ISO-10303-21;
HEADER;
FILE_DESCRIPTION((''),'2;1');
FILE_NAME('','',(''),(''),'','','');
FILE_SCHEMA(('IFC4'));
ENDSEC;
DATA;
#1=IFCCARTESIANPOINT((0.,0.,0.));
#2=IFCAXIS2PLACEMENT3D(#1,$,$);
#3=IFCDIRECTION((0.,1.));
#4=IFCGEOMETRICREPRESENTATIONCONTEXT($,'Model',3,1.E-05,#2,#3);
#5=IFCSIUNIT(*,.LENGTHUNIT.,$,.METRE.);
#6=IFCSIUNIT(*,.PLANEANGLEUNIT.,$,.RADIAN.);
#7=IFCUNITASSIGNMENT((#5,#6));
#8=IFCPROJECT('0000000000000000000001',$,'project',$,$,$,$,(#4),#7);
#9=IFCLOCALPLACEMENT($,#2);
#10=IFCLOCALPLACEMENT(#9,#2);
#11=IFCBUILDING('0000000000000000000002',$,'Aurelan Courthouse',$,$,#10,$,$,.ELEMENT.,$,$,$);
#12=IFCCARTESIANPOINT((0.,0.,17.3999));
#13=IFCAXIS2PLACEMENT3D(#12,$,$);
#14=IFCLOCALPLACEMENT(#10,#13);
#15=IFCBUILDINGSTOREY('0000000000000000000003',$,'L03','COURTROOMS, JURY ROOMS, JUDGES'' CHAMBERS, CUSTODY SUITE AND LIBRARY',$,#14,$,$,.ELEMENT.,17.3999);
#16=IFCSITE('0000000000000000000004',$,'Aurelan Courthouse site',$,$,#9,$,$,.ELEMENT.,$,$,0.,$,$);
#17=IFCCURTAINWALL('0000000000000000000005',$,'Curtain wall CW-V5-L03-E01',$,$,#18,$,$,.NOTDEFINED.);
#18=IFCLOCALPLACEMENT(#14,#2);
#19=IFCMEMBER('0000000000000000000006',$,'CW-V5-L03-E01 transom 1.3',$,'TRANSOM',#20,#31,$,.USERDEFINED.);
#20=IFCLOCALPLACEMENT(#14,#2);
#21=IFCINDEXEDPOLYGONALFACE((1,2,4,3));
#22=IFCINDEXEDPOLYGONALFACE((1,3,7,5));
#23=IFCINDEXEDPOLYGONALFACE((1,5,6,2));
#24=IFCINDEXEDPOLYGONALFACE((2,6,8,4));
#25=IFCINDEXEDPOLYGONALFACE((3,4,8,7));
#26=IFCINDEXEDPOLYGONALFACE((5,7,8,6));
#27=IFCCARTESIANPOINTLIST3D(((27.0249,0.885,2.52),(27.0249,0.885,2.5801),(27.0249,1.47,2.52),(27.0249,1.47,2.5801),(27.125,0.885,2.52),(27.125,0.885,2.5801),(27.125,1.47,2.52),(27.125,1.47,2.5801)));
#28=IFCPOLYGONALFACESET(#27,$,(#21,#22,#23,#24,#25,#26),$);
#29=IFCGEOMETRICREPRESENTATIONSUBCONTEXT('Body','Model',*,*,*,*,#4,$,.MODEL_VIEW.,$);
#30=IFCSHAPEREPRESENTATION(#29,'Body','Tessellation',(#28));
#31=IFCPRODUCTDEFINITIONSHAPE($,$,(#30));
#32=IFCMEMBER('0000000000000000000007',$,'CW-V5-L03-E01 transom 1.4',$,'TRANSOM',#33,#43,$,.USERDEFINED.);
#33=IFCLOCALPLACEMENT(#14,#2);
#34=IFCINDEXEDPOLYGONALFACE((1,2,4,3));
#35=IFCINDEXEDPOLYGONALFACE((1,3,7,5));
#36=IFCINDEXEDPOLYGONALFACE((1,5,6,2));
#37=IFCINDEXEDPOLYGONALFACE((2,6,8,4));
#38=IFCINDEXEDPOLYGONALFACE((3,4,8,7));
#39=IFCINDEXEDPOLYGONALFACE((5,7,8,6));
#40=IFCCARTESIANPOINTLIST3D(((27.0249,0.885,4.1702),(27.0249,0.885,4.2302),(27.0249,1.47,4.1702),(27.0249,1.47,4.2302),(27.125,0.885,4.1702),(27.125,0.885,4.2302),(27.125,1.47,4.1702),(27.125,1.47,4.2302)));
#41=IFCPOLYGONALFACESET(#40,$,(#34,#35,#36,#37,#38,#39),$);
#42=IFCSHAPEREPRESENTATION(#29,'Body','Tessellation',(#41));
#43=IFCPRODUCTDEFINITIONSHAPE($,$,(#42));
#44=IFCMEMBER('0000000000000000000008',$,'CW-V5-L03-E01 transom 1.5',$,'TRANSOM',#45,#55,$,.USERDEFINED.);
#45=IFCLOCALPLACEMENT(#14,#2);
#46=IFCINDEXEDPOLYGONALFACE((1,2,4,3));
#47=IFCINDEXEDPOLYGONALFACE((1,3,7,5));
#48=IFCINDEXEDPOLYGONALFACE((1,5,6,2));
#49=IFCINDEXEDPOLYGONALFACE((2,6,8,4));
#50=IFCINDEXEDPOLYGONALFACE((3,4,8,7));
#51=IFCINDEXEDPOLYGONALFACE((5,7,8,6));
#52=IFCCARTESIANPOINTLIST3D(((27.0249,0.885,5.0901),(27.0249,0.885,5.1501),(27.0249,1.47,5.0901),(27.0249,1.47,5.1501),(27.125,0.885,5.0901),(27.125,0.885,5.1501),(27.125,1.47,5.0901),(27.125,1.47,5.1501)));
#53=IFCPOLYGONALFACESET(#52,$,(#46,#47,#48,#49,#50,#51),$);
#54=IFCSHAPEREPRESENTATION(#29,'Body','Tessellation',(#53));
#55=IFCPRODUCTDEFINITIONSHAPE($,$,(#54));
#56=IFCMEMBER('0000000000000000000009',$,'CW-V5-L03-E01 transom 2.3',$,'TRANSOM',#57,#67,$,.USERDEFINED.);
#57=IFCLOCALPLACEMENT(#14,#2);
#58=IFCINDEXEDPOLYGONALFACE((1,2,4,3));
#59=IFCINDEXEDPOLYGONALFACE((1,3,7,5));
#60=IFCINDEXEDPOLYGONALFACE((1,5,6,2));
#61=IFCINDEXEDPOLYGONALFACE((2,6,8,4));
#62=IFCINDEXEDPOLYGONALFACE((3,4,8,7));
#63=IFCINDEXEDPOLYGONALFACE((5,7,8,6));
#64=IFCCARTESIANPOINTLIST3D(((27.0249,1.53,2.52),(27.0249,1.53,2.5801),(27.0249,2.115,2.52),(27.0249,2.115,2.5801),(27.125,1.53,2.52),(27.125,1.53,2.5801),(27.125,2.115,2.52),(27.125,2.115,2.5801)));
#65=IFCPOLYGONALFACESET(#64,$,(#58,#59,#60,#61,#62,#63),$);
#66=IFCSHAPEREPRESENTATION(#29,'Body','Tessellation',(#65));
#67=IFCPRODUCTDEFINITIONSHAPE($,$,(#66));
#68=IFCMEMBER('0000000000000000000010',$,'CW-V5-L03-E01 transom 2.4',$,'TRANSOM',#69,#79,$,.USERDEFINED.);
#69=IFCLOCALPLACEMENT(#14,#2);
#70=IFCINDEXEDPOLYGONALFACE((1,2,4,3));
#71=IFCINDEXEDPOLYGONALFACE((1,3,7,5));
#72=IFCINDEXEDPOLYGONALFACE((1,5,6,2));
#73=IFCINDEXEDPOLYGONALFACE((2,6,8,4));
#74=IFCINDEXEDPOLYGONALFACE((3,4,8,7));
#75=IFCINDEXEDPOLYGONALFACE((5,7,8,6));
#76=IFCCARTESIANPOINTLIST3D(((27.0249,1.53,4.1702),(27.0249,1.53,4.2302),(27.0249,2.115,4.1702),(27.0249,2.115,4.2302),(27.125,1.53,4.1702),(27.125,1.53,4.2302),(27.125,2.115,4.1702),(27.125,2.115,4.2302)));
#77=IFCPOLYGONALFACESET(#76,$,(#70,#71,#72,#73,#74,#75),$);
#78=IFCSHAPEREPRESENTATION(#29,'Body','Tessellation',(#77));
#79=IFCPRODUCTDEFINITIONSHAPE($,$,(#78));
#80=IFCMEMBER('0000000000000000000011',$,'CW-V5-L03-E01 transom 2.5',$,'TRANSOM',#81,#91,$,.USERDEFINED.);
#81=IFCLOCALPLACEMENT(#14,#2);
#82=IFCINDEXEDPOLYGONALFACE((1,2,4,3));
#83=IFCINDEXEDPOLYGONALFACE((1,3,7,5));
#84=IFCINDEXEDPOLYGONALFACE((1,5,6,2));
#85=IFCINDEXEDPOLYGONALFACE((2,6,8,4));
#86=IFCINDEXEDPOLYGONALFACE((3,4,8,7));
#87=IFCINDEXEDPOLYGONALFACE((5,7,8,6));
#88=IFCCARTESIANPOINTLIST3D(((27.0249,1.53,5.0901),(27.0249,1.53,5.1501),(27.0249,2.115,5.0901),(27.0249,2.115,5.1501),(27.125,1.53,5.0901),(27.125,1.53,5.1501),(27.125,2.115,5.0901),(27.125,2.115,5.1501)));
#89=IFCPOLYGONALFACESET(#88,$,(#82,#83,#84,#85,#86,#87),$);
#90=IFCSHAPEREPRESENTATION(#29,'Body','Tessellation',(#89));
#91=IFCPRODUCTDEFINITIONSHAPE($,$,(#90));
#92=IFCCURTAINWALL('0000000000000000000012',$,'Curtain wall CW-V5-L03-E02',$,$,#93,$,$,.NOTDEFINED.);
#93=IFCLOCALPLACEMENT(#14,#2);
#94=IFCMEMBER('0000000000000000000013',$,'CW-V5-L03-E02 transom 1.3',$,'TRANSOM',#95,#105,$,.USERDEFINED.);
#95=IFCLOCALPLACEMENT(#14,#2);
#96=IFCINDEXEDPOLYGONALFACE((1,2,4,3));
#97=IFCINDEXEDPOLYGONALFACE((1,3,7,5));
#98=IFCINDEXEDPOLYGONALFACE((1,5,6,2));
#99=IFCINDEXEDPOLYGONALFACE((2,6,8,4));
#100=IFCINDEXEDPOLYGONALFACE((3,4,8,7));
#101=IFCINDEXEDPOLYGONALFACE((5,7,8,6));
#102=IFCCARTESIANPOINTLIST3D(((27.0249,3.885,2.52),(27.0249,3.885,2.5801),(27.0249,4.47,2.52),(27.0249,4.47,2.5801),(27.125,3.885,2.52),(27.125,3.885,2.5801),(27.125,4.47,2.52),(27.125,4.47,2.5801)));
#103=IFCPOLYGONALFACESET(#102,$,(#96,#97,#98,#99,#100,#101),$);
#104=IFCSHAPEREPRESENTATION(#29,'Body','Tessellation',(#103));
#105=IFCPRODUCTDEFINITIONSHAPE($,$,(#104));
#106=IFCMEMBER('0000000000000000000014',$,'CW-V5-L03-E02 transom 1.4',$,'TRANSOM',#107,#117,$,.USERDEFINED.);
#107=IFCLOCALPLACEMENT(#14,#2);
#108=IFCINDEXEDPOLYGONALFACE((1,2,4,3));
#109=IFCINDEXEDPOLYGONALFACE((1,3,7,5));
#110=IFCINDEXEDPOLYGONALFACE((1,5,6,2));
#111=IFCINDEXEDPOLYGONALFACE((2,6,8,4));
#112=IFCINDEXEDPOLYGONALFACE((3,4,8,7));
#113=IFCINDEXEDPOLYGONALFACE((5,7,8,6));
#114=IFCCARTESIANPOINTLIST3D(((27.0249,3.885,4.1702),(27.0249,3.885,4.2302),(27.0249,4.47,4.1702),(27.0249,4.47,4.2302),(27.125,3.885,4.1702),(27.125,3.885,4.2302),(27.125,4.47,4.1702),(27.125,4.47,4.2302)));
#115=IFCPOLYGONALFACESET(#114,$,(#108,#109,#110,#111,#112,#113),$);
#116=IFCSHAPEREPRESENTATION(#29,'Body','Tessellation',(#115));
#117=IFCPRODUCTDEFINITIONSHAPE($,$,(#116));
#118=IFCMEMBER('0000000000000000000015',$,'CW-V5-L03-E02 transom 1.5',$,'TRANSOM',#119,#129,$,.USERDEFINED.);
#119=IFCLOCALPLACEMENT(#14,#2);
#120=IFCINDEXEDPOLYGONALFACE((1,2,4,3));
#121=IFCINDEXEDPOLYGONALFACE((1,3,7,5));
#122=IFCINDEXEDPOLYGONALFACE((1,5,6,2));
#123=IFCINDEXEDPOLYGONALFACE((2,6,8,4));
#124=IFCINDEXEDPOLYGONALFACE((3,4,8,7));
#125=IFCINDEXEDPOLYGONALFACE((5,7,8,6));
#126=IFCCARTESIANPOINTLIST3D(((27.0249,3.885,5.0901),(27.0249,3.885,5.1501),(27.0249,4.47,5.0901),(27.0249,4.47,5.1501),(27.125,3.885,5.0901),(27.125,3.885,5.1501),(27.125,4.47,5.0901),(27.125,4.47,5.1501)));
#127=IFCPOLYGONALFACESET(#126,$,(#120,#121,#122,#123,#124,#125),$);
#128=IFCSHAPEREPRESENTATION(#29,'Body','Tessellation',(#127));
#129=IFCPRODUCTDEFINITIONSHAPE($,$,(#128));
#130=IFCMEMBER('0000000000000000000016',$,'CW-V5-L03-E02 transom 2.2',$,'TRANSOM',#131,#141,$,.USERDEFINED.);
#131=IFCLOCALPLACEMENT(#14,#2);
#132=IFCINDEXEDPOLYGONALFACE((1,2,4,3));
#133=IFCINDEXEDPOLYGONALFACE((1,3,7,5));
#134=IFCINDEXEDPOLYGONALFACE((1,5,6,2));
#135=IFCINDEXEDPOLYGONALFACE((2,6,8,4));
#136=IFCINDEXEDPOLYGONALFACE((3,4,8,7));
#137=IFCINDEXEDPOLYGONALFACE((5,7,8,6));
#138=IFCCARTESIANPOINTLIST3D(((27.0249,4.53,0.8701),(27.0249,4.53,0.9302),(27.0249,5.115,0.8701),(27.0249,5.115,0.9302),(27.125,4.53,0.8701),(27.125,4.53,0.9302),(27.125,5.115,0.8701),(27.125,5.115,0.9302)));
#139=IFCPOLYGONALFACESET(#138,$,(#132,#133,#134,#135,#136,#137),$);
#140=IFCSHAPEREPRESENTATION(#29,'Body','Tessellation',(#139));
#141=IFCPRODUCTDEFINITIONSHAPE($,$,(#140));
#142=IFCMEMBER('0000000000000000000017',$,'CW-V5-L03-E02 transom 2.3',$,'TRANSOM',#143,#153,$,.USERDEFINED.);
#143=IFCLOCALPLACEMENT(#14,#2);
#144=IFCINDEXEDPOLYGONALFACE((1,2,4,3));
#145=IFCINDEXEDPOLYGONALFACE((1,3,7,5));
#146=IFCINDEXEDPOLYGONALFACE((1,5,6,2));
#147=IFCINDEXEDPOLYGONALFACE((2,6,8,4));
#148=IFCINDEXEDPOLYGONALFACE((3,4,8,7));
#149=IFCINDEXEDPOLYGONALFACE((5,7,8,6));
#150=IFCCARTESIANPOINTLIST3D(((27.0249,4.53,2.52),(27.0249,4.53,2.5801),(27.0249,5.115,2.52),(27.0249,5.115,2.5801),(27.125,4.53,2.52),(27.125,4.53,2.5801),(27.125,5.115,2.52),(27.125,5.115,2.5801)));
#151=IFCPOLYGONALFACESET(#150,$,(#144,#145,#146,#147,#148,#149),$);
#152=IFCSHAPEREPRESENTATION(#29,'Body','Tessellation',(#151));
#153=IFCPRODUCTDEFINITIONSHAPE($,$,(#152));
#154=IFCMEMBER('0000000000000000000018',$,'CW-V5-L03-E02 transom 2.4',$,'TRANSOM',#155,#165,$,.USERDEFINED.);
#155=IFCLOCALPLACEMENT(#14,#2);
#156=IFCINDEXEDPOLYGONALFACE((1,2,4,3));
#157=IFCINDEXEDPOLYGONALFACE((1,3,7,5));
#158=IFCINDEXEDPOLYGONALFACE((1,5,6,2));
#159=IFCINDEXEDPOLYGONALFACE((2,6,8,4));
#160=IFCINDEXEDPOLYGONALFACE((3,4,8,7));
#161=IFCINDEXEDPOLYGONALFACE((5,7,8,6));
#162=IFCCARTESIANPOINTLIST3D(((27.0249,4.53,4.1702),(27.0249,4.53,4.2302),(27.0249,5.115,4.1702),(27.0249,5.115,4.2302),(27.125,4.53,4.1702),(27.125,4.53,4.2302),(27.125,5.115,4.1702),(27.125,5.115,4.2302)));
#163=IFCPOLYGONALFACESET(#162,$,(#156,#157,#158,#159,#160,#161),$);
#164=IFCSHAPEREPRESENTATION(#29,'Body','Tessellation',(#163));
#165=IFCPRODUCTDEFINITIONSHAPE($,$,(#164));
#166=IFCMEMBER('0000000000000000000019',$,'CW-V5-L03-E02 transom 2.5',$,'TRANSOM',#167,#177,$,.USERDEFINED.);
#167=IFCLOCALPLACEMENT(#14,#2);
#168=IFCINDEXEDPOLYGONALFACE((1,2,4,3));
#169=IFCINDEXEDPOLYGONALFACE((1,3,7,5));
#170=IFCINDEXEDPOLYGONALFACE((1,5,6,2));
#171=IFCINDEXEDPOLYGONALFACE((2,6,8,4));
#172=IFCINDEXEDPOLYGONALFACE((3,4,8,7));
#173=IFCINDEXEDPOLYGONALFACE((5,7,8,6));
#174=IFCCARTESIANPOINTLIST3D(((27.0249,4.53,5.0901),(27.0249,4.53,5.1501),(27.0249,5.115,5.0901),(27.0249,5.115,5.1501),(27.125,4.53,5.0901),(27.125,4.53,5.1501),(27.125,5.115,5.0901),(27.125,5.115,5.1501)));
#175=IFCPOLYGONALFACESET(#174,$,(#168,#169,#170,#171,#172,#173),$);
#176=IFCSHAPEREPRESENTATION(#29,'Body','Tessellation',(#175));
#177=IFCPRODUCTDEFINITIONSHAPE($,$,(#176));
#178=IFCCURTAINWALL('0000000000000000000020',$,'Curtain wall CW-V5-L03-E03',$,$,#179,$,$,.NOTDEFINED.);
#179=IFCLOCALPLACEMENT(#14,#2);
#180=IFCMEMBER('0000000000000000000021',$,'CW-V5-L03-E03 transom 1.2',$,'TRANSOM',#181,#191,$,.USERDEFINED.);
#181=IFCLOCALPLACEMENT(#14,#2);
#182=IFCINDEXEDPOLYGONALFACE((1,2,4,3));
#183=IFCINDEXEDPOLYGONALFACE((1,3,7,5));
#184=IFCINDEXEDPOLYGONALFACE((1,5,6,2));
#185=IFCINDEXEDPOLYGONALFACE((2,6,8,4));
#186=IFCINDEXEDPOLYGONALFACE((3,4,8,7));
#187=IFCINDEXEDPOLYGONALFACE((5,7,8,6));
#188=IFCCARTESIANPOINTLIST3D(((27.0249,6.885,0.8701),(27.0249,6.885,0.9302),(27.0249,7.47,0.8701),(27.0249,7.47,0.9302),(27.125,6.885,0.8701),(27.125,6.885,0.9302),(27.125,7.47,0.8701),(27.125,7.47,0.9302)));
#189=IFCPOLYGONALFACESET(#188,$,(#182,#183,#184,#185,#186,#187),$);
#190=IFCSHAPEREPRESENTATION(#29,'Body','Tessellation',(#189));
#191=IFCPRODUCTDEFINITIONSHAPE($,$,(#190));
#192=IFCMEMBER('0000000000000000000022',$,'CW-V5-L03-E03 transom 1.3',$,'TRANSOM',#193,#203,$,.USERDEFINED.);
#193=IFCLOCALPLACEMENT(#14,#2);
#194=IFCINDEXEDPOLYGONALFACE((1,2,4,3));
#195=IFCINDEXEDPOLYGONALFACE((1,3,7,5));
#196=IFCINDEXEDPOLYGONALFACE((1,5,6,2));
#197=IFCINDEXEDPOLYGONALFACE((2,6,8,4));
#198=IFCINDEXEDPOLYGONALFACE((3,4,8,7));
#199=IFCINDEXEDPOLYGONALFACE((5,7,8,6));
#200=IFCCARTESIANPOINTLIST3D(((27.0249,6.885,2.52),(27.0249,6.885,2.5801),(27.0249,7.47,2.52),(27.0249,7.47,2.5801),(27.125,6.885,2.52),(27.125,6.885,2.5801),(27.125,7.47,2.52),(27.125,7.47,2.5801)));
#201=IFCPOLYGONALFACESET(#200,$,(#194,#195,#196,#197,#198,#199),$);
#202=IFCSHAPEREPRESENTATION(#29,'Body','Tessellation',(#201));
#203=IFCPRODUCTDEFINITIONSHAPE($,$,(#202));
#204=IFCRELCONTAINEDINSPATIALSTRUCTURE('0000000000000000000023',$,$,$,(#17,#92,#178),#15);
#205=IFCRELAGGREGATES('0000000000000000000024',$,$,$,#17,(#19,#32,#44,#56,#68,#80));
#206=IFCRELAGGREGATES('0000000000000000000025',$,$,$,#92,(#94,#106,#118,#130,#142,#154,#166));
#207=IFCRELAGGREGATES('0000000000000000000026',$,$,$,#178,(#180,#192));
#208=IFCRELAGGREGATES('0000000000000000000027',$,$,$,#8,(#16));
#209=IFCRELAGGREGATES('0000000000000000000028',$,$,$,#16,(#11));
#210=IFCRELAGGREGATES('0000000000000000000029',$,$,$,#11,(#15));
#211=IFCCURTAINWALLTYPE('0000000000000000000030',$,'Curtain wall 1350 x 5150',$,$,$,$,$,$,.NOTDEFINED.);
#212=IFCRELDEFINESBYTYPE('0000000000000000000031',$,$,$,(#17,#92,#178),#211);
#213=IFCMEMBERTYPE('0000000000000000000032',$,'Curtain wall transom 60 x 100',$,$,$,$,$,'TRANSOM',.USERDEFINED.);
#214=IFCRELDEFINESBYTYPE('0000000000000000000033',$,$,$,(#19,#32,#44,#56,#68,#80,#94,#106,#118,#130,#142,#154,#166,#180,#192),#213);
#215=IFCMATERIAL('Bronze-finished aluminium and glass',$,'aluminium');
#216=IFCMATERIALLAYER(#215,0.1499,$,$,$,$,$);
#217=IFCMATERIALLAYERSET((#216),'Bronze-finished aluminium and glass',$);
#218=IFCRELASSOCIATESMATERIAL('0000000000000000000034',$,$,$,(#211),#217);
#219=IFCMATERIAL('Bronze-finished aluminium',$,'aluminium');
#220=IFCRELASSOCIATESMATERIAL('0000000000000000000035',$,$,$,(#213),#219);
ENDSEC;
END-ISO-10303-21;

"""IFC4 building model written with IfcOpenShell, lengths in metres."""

from ifc_helpers import new_model, si_unit, direction, frame, origin, origin_2d, place, context, subcontext, project, spatial, rectangle, extrude, material, layer, layer_set, material_profile, profile_set, type_object, element, aggregate, save


model = new_model("IFC4")

# Units and contexts
model_context = context("Model", 3, precision=1e-05, world=origin(), true_north=direction((0.0, 1.0)))
body_context = subcontext(model_context, "Body", "Model", "MODEL_VIEW")
ifc_project = project(units=[si_unit("LENGTHUNIT", "METRE"), si_unit("PLANEANGLEUNIT", "RADIAN")], contexts=[model_context])

# Site, building, storey
site_placement = place(None, origin())
site = spatial("IfcSite", under=ifc_project, at=site_placement, Name="Aurelan Courthouse site", CompositionType="ELEMENT", RefElevation=0.0)
building_placement = place(site_placement, origin())
building = spatial("IfcBuilding", under=site, at=building_placement, Name="Aurelan Courthouse", CompositionType="ELEMENT")
storey_placement = place(building_placement, frame((0.0, 0.0, 17.3999)))
storey = spatial("IfcBuildingStorey", under=building, at=storey_placement, Name="L03", Description="COURTROOMS, JURY ROOMS, JUDGES' CHAMBERS, CUSTODY SUITE AND LIBRARY", CompositionType="ELEMENT", Elevation=17.3999)

# Curtain walls, members
ifc_material_1 = material(Name="Bronze-finished aluminium and glass", Category="aluminium")
ifc_layer_1 = layer(ifc_material_1, 0.1499)
ifc_layer_set_1 = layer_set([ifc_layer_1], Name="Bronze-finished aluminium and glass")
curtain_wall_type = type_object("IfcCurtainWallType", Name="Curtain wall 1350 x 5150", PredefinedType="NOTDEFINED", material=ifc_layer_set_1)
curtain_wall_1_placement = place(storey_placement, origin())
curtain_wall_1 = element("IfcCurtainWall", 1, at=curtain_wall_1_placement, inside=storey, type_object=curtain_wall_type, Name="Curtain wall CW-V5-L03-E01", PredefinedType="NOTDEFINED")
ifc_material_2 = material(Name="Bronze-finished aluminium", Category="aluminium")
ifc_material_profile = material_profile(ifc_material_2, rectangle(XDim=0.1001, YDim=0.0601, at=origin_2d()), Name="Bronze transom 60 x 100")
ifc_profile_set = profile_set([ifc_material_profile], Name="Bronze-finished aluminium")
member_type = type_object("IfcMemberType", Name="Curtain wall transom 60 x 100", ElementType="TRANSOM", PredefinedType="USERDEFINED", material=ifc_profile_set)
member_1_placement = place(storey_placement, frame((27.075, 0.885, 2.55), z_axis=(0.0, 1.0, 0.0), x_axis=(-1.0, 0.0, 0.0)))
member_1 = element("IfcMember", 2, at=member_1_placement, type_object=member_type, Name="CW-V5-L03-E01 transom 1.3", ObjectType="TRANSOM", PredefinedType="USERDEFINED", context=body_context, shape_type="SweptSolid", body=[
    extrude(rectangle(XDim=0.1001, YDim=0.0601, at=origin_2d()), origin(), (0.0, 0.0, 1.0), 0.585),
])
member_2_placement = place(storey_placement, frame((27.075, 0.885, 4.2002), z_axis=(0.0, 1.0, 0.0), x_axis=(-1.0, 0.0, 0.0)))
member_2 = element("IfcMember", 3, at=member_2_placement, type_object=member_type, Name="CW-V5-L03-E01 transom 1.4", ObjectType="TRANSOM", PredefinedType="USERDEFINED", context=body_context, shape_type="SweptSolid", body=[
    extrude(rectangle(XDim=0.1001, YDim=0.0601, at=origin_2d()), origin(), (0.0, 0.0, 1.0), 0.585),
])
member_3_placement = place(storey_placement, frame((27.075, 0.885, 5.1201), z_axis=(0.0, 1.0, 0.0), x_axis=(-1.0, 0.0, 0.0)))
member_3 = element("IfcMember", 4, at=member_3_placement, type_object=member_type, Name="CW-V5-L03-E01 transom 1.5", ObjectType="TRANSOM", PredefinedType="USERDEFINED", context=body_context, shape_type="SweptSolid", body=[
    extrude(rectangle(XDim=0.1001, YDim=0.0601, at=origin_2d()), origin(), (0.0, 0.0, 1.0), 0.585),
])
member_4_placement = place(storey_placement, frame((27.075, 1.53, 2.55), z_axis=(0.0, 1.0, 0.0), x_axis=(-1.0, 0.0, 0.0)))
member_4 = element("IfcMember", 5, at=member_4_placement, type_object=member_type, Name="CW-V5-L03-E01 transom 2.3", ObjectType="TRANSOM", PredefinedType="USERDEFINED", context=body_context, shape_type="SweptSolid", body=[
    extrude(rectangle(XDim=0.1001, YDim=0.0601, at=origin_2d()), origin(), (0.0, 0.0, 1.0), 0.585),
])
member_5_placement = place(storey_placement, frame((27.075, 1.53, 4.2002), z_axis=(0.0, 1.0, 0.0), x_axis=(-1.0, 0.0, 0.0)))
member_5 = element("IfcMember", 6, at=member_5_placement, type_object=member_type, Name="CW-V5-L03-E01 transom 2.4", ObjectType="TRANSOM", PredefinedType="USERDEFINED", context=body_context, shape_type="SweptSolid", body=[
    extrude(rectangle(XDim=0.1001, YDim=0.0601, at=origin_2d()), origin(), (0.0, 0.0, 1.0), 0.585),
])
member_6_placement = place(storey_placement, frame((27.075, 1.53, 5.1201), z_axis=(0.0, 1.0, 0.0), x_axis=(-1.0, 0.0, 0.0)))
member_6 = element("IfcMember", 7, at=member_6_placement, type_object=member_type, Name="CW-V5-L03-E01 transom 2.5", ObjectType="TRANSOM", PredefinedType="USERDEFINED", context=body_context, shape_type="SweptSolid", body=[
    extrude(rectangle(XDim=0.1001, YDim=0.0601, at=origin_2d()), origin(), (0.0, 0.0, 1.0), 0.585),
])
curtain_wall_2_placement = place(storey_placement, origin())
curtain_wall_2 = element("IfcCurtainWall", 8, at=curtain_wall_2_placement, inside=storey, type_object=curtain_wall_type, Name="Curtain wall CW-V5-L03-E02", PredefinedType="NOTDEFINED")
member_7_placement = place(storey_placement, frame((27.075, 3.885, 2.55), z_axis=(0.0, 1.0, 0.0), x_axis=(-1.0, 0.0, 0.0)))
member_7 = element("IfcMember", 9, at=member_7_placement, type_object=member_type, Name="CW-V5-L03-E02 transom 1.3", ObjectType="TRANSOM", PredefinedType="USERDEFINED", context=body_context, shape_type="SweptSolid", body=[
    extrude(rectangle(XDim=0.1001, YDim=0.0601, at=origin_2d()), origin(), (0.0, 0.0, 1.0), 0.585),
])
member_8_placement = place(storey_placement, frame((27.075, 3.885, 4.2002), z_axis=(0.0, 1.0, 0.0), x_axis=(-1.0, 0.0, 0.0)))
member_8 = element("IfcMember", 10, at=member_8_placement, type_object=member_type, Name="CW-V5-L03-E02 transom 1.4", ObjectType="TRANSOM", PredefinedType="USERDEFINED", context=body_context, shape_type="SweptSolid", body=[
    extrude(rectangle(XDim=0.1001, YDim=0.0601, at=origin_2d()), origin(), (0.0, 0.0, 1.0), 0.585),
])
member_9_placement = place(storey_placement, frame((27.075, 3.885, 5.1201), z_axis=(0.0, 1.0, 0.0), x_axis=(-1.0, 0.0, 0.0)))
member_9 = element("IfcMember", 11, at=member_9_placement, type_object=member_type, Name="CW-V5-L03-E02 transom 1.5", ObjectType="TRANSOM", PredefinedType="USERDEFINED", context=body_context, shape_type="SweptSolid", body=[
    extrude(rectangle(XDim=0.1001, YDim=0.0601, at=origin_2d()), origin(), (0.0, 0.0, 1.0), 0.585),
])
member_10_placement = place(storey_placement, frame((27.075, 4.53, 0.9001), z_axis=(0.0, 1.0, 0.0), x_axis=(-1.0, 0.0, 0.0)))
member_10 = element("IfcMember", 12, at=member_10_placement, type_object=member_type, Name="CW-V5-L03-E02 transom 2.2", ObjectType="TRANSOM", PredefinedType="USERDEFINED", context=body_context, shape_type="SweptSolid", body=[
    extrude(rectangle(XDim=0.1001, YDim=0.0601, at=origin_2d()), origin(), (0.0, 0.0, 1.0), 0.585),
])
member_11_placement = place(storey_placement, frame((27.075, 4.53, 2.55), z_axis=(0.0, 1.0, 0.0), x_axis=(-1.0, 0.0, 0.0)))
member_11 = element("IfcMember", 13, at=member_11_placement, type_object=member_type, Name="CW-V5-L03-E02 transom 2.3", ObjectType="TRANSOM", PredefinedType="USERDEFINED", context=body_context, shape_type="SweptSolid", body=[
    extrude(rectangle(XDim=0.1001, YDim=0.0601, at=origin_2d()), origin(), (0.0, 0.0, 1.0), 0.585),
])
member_12_placement = place(storey_placement, frame((27.075, 4.53, 4.2002), z_axis=(0.0, 1.0, 0.0), x_axis=(-1.0, 0.0, 0.0)))
member_12 = element("IfcMember", 14, at=member_12_placement, type_object=member_type, Name="CW-V5-L03-E02 transom 2.4", ObjectType="TRANSOM", PredefinedType="USERDEFINED", context=body_context, shape_type="SweptSolid", body=[
    extrude(rectangle(XDim=0.1001, YDim=0.0601, at=origin_2d()), origin(), (0.0, 0.0, 1.0), 0.585),
])
member_13_placement = place(storey_placement, frame((27.075, 4.53, 5.1201), z_axis=(0.0, 1.0, 0.0), x_axis=(-1.0, 0.0, 0.0)))
member_13 = element("IfcMember", 15, at=member_13_placement, type_object=member_type, Name="CW-V5-L03-E02 transom 2.5", ObjectType="TRANSOM", PredefinedType="USERDEFINED", context=body_context, shape_type="SweptSolid", body=[
    extrude(rectangle(XDim=0.1001, YDim=0.0601, at=origin_2d()), origin(), (0.0, 0.0, 1.0), 0.585),
])
curtain_wall_3_placement = place(storey_placement, origin())
curtain_wall_3 = element("IfcCurtainWall", 16, at=curtain_wall_3_placement, inside=storey, type_object=curtain_wall_type, Name="Curtain wall CW-V5-L03-E03", PredefinedType="NOTDEFINED")
member_14_placement = place(storey_placement, frame((27.075, 6.885, 0.9001), z_axis=(0.0, 1.0, 0.0), x_axis=(-1.0, 0.0, 0.0)))
member_14 = element("IfcMember", 17, at=member_14_placement, type_object=member_type, Name="CW-V5-L03-E03 transom 1.2", ObjectType="TRANSOM", PredefinedType="USERDEFINED", context=body_context, shape_type="SweptSolid", body=[
    extrude(rectangle(XDim=0.1001, YDim=0.0601, at=origin_2d()), origin(), (0.0, 0.0, 1.0), 0.585),
])
member_15_placement = place(storey_placement, frame((27.075, 6.885, 2.55), z_axis=(0.0, 1.0, 0.0), x_axis=(-1.0, 0.0, 0.0)))
member_15 = element("IfcMember", 18, at=member_15_placement, type_object=member_type, Name="CW-V5-L03-E03 transom 1.3", ObjectType="TRANSOM", PredefinedType="USERDEFINED", context=body_context, shape_type="SweptSolid", body=[
    extrude(rectangle(XDim=0.1001, YDim=0.0601, at=origin_2d()), origin(), (0.0, 0.0, 1.0), 0.585),
])

aggregate(curtain_wall_1, [member_1, member_2, member_3, member_4, member_5, member_6])
aggregate(curtain_wall_2, [member_7, member_8, member_9, member_10, member_11, member_12, member_13])
aggregate(curtain_wall_3, [member_14, member_15])

save(model, "model.ifc")
